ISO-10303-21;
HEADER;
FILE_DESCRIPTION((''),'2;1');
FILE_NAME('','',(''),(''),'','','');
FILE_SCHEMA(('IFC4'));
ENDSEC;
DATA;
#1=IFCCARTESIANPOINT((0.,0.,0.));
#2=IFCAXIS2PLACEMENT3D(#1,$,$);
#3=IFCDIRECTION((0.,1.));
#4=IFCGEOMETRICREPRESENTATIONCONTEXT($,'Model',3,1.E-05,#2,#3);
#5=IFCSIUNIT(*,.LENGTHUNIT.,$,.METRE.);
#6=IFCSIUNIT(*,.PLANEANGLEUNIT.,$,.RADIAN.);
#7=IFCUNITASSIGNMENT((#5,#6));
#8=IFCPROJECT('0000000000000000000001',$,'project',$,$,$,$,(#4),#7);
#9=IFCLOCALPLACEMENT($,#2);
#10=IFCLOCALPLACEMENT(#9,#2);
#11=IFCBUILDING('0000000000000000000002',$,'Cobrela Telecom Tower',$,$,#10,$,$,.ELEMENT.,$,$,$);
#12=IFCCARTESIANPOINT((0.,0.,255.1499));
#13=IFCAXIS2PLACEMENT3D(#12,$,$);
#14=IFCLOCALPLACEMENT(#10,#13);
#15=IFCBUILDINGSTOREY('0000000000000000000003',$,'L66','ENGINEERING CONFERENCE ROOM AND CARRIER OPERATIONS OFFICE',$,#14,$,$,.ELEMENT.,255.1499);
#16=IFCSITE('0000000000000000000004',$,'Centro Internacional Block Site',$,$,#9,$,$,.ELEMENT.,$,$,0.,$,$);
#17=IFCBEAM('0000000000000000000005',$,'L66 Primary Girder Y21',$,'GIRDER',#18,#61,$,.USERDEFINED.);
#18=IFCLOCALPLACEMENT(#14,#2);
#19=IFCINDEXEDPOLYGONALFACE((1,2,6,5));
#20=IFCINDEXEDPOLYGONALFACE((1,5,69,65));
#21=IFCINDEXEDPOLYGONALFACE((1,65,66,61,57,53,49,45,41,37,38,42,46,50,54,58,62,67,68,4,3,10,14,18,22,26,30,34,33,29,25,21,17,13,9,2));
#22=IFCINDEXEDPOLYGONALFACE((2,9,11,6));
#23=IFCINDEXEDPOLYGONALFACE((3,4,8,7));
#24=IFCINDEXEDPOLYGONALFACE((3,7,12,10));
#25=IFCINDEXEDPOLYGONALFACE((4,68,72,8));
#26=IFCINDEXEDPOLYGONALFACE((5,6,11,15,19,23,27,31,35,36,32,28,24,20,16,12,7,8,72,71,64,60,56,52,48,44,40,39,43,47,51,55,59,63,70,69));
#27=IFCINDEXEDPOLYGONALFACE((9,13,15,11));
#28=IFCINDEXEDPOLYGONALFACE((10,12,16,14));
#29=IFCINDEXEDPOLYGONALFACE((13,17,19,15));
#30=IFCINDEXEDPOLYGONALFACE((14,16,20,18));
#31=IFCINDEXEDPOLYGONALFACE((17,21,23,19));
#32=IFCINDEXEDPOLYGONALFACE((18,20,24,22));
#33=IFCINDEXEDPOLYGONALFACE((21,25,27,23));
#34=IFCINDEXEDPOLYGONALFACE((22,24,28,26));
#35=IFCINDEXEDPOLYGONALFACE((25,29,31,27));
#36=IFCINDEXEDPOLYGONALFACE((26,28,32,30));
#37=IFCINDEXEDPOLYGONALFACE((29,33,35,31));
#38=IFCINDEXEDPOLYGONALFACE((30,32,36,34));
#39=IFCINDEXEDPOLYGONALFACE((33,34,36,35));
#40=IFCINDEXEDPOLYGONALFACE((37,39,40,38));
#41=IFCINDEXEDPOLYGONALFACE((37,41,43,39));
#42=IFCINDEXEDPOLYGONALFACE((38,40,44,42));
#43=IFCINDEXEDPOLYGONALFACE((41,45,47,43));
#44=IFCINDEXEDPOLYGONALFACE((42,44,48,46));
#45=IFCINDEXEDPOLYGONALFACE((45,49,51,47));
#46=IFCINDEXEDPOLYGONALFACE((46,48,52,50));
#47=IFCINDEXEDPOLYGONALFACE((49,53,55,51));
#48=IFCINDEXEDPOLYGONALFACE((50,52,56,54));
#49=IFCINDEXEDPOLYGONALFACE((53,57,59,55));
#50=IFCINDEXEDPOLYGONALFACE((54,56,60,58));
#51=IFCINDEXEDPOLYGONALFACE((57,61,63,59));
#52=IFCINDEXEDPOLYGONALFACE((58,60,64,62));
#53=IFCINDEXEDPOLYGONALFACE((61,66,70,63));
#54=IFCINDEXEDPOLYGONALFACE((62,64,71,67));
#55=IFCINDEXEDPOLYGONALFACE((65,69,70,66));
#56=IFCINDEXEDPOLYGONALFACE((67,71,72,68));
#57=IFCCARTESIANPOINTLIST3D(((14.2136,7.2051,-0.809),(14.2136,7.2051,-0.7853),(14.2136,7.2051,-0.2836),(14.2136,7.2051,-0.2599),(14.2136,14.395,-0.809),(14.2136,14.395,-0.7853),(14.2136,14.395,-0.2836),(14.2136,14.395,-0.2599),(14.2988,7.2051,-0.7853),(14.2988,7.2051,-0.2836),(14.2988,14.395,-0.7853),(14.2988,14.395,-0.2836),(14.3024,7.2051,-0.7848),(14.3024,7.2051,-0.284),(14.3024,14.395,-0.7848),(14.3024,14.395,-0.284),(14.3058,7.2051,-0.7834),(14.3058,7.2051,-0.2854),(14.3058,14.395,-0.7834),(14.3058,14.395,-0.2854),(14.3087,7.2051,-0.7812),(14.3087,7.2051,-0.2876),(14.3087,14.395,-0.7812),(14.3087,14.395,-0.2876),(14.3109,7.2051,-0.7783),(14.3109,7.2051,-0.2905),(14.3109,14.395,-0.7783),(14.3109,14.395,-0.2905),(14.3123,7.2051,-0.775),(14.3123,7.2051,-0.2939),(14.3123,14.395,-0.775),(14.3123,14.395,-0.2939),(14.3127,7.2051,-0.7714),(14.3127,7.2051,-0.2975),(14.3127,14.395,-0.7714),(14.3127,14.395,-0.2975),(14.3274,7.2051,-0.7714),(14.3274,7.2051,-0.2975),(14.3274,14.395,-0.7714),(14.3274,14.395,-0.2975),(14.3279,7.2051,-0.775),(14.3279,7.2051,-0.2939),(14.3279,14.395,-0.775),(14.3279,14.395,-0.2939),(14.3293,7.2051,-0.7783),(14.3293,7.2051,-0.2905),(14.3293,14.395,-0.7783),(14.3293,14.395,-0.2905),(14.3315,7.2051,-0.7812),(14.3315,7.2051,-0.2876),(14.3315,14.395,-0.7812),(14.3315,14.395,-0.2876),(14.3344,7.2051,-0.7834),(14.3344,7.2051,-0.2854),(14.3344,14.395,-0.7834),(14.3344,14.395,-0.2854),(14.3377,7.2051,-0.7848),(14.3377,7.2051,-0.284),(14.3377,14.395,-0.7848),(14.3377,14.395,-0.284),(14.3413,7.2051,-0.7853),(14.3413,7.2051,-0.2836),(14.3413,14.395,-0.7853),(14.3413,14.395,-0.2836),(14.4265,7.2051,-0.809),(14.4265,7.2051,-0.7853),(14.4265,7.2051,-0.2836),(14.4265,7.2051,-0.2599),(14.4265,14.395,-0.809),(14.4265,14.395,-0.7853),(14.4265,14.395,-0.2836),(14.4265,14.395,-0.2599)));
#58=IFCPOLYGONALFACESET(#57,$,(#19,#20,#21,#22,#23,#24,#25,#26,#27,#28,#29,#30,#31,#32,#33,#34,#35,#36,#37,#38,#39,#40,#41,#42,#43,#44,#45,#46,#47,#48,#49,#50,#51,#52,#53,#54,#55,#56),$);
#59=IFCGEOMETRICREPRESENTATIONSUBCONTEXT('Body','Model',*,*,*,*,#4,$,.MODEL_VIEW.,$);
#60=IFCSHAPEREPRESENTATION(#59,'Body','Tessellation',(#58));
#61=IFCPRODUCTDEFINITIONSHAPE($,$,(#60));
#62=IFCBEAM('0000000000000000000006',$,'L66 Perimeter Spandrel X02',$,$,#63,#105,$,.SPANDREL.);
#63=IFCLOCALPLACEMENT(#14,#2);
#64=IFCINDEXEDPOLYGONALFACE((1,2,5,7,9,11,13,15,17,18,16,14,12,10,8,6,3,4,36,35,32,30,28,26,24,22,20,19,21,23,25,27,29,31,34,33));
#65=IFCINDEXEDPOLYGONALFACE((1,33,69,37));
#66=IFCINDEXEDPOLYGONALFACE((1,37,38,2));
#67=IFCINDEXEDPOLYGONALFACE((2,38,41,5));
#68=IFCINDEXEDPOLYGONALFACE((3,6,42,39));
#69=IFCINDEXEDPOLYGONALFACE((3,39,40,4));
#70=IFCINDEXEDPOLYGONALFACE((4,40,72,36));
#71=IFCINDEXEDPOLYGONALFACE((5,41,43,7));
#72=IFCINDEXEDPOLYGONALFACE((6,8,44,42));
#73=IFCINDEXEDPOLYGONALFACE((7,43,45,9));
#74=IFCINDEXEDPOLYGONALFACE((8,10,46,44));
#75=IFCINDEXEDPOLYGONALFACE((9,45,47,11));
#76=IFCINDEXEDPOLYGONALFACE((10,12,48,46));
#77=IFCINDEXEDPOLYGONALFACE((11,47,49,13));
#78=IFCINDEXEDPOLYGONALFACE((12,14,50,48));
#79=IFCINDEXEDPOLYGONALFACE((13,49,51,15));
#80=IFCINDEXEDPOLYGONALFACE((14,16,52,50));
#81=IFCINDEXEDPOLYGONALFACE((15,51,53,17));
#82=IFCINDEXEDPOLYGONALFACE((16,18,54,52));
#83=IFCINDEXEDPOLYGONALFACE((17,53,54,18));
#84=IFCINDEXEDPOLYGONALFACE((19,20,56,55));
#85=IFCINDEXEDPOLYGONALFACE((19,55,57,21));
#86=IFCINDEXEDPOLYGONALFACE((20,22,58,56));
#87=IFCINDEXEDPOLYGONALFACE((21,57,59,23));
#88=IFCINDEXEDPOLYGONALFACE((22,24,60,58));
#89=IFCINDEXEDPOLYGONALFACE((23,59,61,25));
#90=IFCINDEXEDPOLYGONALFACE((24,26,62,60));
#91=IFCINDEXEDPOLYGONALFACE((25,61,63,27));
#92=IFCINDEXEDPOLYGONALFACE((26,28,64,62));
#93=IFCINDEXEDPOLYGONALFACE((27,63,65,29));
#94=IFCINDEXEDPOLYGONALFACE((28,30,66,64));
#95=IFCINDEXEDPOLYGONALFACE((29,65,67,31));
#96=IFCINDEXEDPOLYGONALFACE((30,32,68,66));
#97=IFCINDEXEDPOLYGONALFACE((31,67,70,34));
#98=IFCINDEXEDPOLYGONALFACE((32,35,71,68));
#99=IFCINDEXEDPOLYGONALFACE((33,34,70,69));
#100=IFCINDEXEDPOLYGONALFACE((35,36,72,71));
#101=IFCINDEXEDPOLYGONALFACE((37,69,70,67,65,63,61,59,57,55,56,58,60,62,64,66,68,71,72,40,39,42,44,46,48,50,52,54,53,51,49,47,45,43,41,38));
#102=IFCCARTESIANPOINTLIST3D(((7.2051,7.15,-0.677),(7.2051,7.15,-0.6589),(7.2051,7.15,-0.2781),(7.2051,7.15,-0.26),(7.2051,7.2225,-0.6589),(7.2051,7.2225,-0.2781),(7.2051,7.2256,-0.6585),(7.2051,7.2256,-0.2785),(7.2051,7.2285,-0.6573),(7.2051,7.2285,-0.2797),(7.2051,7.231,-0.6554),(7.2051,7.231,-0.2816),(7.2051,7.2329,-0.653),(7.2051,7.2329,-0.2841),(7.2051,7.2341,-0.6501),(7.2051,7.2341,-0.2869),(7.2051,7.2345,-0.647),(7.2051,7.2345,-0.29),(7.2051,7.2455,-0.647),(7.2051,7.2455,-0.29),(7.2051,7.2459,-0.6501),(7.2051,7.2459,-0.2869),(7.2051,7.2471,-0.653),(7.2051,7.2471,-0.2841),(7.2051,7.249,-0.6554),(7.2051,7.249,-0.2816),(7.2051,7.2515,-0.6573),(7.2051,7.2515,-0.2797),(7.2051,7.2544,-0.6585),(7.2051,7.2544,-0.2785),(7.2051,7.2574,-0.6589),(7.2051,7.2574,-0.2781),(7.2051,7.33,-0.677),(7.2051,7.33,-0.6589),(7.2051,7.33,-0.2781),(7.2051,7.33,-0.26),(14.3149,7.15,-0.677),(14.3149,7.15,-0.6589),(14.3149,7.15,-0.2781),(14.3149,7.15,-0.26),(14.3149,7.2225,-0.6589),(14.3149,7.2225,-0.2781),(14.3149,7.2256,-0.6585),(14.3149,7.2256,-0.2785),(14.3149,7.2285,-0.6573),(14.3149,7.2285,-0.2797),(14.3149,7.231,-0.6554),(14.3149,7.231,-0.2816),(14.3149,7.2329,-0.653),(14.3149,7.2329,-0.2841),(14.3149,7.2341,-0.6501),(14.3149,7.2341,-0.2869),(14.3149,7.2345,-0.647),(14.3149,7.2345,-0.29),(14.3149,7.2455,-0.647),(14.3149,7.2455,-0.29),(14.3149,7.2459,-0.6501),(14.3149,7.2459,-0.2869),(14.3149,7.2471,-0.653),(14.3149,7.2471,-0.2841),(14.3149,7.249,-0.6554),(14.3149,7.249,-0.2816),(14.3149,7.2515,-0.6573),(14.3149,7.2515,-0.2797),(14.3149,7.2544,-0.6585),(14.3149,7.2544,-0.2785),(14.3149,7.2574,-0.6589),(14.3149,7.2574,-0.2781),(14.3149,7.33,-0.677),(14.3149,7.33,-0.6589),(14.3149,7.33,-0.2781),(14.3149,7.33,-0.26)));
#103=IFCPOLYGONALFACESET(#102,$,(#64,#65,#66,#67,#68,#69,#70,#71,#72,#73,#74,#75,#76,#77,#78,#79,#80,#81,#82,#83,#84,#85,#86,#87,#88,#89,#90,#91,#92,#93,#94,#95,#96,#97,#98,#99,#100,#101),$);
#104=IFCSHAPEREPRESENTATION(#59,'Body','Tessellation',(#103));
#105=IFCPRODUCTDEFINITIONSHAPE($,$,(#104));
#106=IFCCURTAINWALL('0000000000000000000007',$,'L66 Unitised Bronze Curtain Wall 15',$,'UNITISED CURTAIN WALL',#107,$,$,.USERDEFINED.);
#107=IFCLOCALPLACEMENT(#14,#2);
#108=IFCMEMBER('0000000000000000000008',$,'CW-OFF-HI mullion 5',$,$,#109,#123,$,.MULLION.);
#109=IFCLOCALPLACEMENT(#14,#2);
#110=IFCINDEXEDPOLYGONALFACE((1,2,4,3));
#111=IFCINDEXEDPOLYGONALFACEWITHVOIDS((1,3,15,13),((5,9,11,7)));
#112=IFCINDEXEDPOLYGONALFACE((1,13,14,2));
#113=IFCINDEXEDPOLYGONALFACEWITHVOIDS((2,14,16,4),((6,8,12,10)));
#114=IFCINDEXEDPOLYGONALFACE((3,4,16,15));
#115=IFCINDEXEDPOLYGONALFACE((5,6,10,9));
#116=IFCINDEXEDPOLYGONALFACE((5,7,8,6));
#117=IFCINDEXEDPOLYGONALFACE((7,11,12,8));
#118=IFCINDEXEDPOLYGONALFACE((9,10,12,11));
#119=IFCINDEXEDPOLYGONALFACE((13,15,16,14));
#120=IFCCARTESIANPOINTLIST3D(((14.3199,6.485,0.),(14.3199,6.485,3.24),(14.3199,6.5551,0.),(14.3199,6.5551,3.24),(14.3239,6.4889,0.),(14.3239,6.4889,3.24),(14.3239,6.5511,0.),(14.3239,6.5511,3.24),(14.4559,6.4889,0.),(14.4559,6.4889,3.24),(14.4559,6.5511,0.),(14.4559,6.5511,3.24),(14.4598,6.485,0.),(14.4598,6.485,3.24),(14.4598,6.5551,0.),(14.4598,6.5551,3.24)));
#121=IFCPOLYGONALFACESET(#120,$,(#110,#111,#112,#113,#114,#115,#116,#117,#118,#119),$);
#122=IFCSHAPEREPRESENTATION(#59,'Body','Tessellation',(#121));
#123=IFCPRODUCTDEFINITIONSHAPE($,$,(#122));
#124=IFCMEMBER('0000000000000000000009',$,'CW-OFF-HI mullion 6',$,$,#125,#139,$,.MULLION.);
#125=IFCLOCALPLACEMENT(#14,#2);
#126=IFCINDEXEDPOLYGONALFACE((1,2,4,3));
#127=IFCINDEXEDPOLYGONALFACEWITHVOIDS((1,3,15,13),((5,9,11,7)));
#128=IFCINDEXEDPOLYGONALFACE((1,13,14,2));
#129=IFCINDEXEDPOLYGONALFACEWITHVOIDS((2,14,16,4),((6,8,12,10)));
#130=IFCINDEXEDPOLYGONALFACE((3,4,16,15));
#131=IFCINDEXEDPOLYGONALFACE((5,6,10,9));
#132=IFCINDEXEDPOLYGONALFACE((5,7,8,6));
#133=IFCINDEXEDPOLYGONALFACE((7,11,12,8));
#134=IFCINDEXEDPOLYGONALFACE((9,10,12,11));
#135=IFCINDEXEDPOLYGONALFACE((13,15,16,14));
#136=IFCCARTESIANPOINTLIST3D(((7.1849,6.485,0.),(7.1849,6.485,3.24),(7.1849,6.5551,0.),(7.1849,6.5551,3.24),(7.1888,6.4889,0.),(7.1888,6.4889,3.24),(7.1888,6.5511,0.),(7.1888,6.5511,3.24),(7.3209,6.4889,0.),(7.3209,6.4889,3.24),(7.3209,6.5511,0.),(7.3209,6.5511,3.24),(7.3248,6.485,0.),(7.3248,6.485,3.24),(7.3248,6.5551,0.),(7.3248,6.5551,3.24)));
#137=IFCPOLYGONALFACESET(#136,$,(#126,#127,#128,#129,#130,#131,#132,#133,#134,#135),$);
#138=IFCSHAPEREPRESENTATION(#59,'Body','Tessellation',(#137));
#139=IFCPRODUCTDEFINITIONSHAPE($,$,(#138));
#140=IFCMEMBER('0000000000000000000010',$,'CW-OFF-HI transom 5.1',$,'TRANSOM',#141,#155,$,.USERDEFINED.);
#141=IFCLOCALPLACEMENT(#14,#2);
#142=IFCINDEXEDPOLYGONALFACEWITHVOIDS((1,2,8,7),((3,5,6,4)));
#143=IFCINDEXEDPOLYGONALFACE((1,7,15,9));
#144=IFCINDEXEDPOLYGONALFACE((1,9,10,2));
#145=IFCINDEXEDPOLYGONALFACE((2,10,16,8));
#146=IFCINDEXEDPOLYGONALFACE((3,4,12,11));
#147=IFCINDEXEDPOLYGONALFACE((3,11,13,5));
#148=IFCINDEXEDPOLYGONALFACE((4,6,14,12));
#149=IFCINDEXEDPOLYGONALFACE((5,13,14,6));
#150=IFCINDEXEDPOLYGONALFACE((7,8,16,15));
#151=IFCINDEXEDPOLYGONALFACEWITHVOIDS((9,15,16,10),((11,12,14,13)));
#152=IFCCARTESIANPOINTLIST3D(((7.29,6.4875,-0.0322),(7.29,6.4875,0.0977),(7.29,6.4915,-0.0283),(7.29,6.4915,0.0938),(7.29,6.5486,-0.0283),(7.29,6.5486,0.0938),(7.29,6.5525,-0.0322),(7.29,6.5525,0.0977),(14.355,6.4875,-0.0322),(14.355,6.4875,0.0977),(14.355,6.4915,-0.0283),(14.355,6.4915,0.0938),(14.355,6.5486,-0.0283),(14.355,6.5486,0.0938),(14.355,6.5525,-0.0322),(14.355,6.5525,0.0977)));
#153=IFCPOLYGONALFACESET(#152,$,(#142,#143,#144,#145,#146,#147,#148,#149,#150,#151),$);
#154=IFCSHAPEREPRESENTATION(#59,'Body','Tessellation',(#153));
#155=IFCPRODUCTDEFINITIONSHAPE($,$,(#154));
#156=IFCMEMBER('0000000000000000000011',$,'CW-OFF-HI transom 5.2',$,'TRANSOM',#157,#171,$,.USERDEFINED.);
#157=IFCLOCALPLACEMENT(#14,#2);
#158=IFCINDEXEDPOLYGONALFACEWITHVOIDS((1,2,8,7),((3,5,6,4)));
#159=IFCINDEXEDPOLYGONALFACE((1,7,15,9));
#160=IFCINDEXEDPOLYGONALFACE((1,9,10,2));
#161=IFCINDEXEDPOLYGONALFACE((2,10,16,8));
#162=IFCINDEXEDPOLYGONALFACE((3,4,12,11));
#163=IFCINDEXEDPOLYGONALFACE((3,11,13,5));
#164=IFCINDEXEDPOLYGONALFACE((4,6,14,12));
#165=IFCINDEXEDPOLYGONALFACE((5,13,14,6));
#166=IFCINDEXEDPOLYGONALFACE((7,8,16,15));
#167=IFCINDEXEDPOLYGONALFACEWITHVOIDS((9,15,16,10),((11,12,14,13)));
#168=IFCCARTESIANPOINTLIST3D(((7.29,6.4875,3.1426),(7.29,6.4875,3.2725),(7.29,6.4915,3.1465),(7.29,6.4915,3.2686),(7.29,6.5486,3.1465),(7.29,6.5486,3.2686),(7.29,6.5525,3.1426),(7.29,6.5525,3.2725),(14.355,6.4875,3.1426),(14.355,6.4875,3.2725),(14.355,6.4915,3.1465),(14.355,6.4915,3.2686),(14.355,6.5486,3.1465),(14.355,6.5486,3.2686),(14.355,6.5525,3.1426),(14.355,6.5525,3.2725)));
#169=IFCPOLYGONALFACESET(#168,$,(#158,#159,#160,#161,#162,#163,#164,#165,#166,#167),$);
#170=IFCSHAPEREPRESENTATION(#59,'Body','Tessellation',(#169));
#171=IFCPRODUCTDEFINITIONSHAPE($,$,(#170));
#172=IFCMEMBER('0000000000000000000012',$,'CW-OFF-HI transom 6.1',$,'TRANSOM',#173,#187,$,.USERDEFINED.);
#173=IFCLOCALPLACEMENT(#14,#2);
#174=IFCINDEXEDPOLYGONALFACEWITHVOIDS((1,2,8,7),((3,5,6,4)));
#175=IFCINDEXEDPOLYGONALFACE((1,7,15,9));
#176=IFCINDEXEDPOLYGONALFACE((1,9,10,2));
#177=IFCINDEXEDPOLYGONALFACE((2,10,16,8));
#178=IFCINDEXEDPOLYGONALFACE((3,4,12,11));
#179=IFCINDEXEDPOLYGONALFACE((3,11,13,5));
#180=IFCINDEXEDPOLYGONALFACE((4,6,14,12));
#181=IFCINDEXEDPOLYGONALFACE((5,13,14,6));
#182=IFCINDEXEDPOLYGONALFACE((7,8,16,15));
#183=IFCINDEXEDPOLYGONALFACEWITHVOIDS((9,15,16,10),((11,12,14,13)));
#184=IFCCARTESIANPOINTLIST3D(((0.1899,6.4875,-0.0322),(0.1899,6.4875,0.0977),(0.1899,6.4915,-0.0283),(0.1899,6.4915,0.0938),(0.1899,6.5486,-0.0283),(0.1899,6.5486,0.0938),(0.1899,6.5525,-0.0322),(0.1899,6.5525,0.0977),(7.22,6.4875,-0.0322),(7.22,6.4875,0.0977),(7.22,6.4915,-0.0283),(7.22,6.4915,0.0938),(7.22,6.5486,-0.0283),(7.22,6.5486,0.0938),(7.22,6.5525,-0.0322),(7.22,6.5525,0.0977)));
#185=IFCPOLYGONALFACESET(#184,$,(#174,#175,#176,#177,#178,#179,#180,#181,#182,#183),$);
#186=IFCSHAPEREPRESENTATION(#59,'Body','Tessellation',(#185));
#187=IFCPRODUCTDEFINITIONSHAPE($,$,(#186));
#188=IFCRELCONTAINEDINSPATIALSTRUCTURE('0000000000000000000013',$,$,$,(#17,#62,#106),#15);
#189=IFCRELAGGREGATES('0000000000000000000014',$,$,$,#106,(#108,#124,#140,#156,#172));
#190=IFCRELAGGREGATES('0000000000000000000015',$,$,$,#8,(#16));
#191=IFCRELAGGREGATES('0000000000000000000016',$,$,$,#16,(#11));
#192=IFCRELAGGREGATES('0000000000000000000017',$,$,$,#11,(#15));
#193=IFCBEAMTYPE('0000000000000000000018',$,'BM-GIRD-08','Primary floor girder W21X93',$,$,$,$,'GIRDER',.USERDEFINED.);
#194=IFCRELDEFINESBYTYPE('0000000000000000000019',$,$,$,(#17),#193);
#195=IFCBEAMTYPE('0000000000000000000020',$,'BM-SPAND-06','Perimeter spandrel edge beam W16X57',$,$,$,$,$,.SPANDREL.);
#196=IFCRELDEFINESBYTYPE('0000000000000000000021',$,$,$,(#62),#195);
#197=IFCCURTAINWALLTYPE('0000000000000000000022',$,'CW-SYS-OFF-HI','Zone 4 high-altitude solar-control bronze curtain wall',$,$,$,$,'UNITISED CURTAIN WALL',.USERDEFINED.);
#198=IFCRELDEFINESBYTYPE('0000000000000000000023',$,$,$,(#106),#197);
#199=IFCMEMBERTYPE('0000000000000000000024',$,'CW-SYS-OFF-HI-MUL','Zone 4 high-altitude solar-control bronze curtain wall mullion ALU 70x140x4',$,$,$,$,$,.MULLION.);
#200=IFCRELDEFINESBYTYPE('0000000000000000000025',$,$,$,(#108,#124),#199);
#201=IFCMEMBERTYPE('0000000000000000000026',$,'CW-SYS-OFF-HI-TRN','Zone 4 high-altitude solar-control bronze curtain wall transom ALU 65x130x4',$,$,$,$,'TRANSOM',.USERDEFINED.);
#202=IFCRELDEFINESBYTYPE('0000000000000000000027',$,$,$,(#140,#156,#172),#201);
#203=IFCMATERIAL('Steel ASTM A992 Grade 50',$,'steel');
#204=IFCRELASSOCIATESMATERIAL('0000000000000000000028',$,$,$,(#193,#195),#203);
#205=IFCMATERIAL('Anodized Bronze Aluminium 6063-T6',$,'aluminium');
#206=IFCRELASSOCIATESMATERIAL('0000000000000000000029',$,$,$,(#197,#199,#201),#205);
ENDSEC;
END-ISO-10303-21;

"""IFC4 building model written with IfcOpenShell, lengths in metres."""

from ifc_helpers import new_model, si_unit, direction, frame, origin, origin_2d, place, context, subcontext, project, spatial, hollow_rectangle, i_section, extrude, material, material_profile, profile_set, type_object, element, aggregate, save


model = new_model("IFC4")

# Units and contexts
model_context = context("Model", 3, precision=1e-05, world=origin(), true_north=direction((0.0, 1.0)))
body_context = subcontext(model_context, "Body", "Model", "MODEL_VIEW")
ifc_project = project(units=[si_unit("LENGTHUNIT", "METRE"), si_unit("PLANEANGLEUNIT", "RADIAN")], contexts=[model_context])

# Site, building, storey
site_placement = place(None, origin())
site = spatial("IfcSite", under=ifc_project, at=site_placement, Name="Centro Internacional Block Site", CompositionType="ELEMENT", RefElevation=0.0)
building_placement = place(site_placement, origin())
building = spatial("IfcBuilding", under=site, at=building_placement, Name="Cobrela Telecom Tower", CompositionType="ELEMENT")
storey_placement = place(building_placement, frame((0.0, 0.0, 255.1499)))
storey = spatial("IfcBuildingStorey", under=building, at=storey_placement, Name="L66", Description="ENGINEERING CONFERENCE ROOM AND CARRIER OPERATIONS OFFICE", CompositionType="ELEMENT", Elevation=255.1499)

# Beams
ifc_material_1 = material(Name="Steel ASTM A992 Grade 50", Category="steel")
ifc_material_profile_1 = material_profile(ifc_material_1, i_section(OverallWidth=0.2129, OverallDepth=0.5491, WebThickness=0.0146, FlangeThickness=0.0237, FilletRadius=0.0139, at=origin_2d()), Name="W21X93")
ifc_profile_set_1 = profile_set([ifc_material_profile_1], Name="Steel ASTM A992 Grade 50")
beam_type_1 = type_object("IfcBeamType", Name="BM-GIRD-08", Description="Primary floor girder W21X93", ElementType="GIRDER", PredefinedType="USERDEFINED", material=ifc_profile_set_1)
beam_1_placement = place(storey_placement, frame((14.3201, 7.2051, -0.5344), z_axis=(0.0, 1.0, 0.0), x_axis=(-1.0, 0.0, 0.0)))
element("IfcBeam", 1, at=beam_1_placement, inside=storey, type_object=beam_type_1, Name="L66 Primary Girder Y21", ObjectType="GIRDER", PredefinedType="USERDEFINED", context=body_context, shape_type="SweptSolid", body=[
    extrude(i_section(OverallWidth=0.2129, OverallDepth=0.5491, WebThickness=0.0146, FlangeThickness=0.0237, FilletRadius=0.0139, at=origin_2d()), origin(), (0.0, 0.0, 1.0), 7.1899),
])
ifc_material_profile_2 = material_profile(ifc_material_1, i_section(OverallWidth=0.1799, OverallDepth=0.417, WebThickness=0.011, FlangeThickness=0.0181, FilletRadius=0.012, at=origin_2d()), Name="W16X57")
ifc_profile_set_2 = profile_set([ifc_material_profile_2], Name="Steel ASTM A992 Grade 50")
beam_type_2 = type_object("IfcBeamType", Name="BM-SPAND-06", Description="Perimeter spandrel edge beam W16X57", PredefinedType="SPANDREL", material=ifc_profile_set_2)
beam_2_placement = place(storey_placement, frame((7.2051, 7.24, -0.4685), z_axis=(1.0, 0.0, 0.0), x_axis=(0.0, 1.0, 0.0)))
element("IfcBeam", 2, at=beam_2_placement, inside=storey, type_object=beam_type_2, Name="L66 Perimeter Spandrel X02", PredefinedType="SPANDREL", context=body_context, shape_type="SweptSolid", body=[
    extrude(i_section(OverallWidth=0.1799, OverallDepth=0.417, WebThickness=0.011, FlangeThickness=0.0181, FilletRadius=0.012, at=origin_2d()), origin(), (0.0, 0.0, 1.0), 7.1099),
])

# Curtain wall, members
ifc_material_2 = material(Name="Anodized Bronze Aluminium 6063-T6", Category="aluminium")
curtain_wall_type = type_object("IfcCurtainWallType", Name="CW-SYS-OFF-HI", Description="Zone 4 high-altitude solar-control bronze curtain wall", ElementType="UNITISED CURTAIN WALL", PredefinedType="USERDEFINED", material=ifc_material_2)
curtain_wall_placement = place(storey_placement, origin())
curtain_wall = element("IfcCurtainWall", 3, at=curtain_wall_placement, inside=storey, type_object=curtain_wall_type, Name="L66 Unitised Bronze Curtain Wall 15", ObjectType="UNITISED CURTAIN WALL", PredefinedType="USERDEFINED")
ifc_material_profile_3 = material_profile(ifc_material_2, hollow_rectangle(XDim=0.0701, YDim=0.1399, WallThickness=0.0039, at=origin_2d()), Name="ALU 70x140x4")
ifc_profile_set_3 = profile_set([ifc_material_profile_3], Name="Anodized Bronze Aluminium 6063-T6")
member_type_1 = type_object("IfcMemberType", Name="CW-SYS-OFF-HI-MUL", Description="Zone 4 high-altitude solar-control bronze curtain wall mullion ALU 70x140x4", PredefinedType="MULLION", material=ifc_profile_set_3)
member_1_placement = place(storey_placement, frame((14.3899, 6.52, 0.0), z_axis=(0.0, 0.0, 1.0), x_axis=(0.0, -1.0, 0.0)))
member_1 = element("IfcMember", 4, at=member_1_placement, type_object=member_type_1, Name="CW-OFF-HI mullion 5", PredefinedType="MULLION", context=body_context, shape_type="SweptSolid", body=[
    extrude(hollow_rectangle(XDim=0.0701, YDim=0.1399, WallThickness=0.0039, at=origin_2d()), origin(), (0.0, 0.0, 1.0), 3.24),
])
member_2_placement = place(storey_placement, frame((7.2549, 6.52, 0.0), z_axis=(0.0, 0.0, 1.0), x_axis=(0.0, -1.0, 0.0)))
member_2 = element("IfcMember", 5, at=member_2_placement, type_object=member_type_1, Name="CW-OFF-HI mullion 6", PredefinedType="MULLION", context=body_context, shape_type="SweptSolid", body=[
    extrude(hollow_rectangle(XDim=0.0701, YDim=0.1399, WallThickness=0.0039, at=origin_2d()), origin(), (0.0, 0.0, 1.0), 3.24),
])
ifc_material_profile_4 = material_profile(ifc_material_2, hollow_rectangle(XDim=0.0649, YDim=0.1299, WallThickness=0.0039, at=origin_2d()), Name="ALU 65x130x4")
ifc_profile_set_4 = profile_set([ifc_material_profile_4], Name="Anodized Bronze Aluminium 6063-T6")
member_type_2 = type_object("IfcMemberType", Name="CW-SYS-OFF-HI-TRN", Description="Zone 4 high-altitude solar-control bronze curtain wall transom ALU 65x130x4", ElementType="TRANSOM", PredefinedType="USERDEFINED", material=ifc_profile_set_4)
member_3_placement = place(storey_placement, frame((14.355, 6.52, 0.0327), z_axis=(-1.0, 0.0, 0.0), x_axis=(0.0, -1.0, 0.0)))
member_3 = element("IfcMember", 6, at=member_3_placement, type_object=member_type_2, Name="CW-OFF-HI transom 5.1", ObjectType="TRANSOM", PredefinedType="USERDEFINED", context=body_context, shape_type="SweptSolid", body=[
    extrude(hollow_rectangle(XDim=0.0649, YDim=0.1299, WallThickness=0.0039, at=origin_2d()), origin(), (0.0, 0.0, 1.0), 7.0649),
])
member_4_placement = place(storey_placement, frame((14.355, 6.52, 3.2075), z_axis=(-1.0, 0.0, 0.0), x_axis=(0.0, -1.0, 0.0)))
member_4 = element("IfcMember", 7, at=member_4_placement, type_object=member_type_2, Name="CW-OFF-HI transom 5.2", ObjectType="TRANSOM", PredefinedType="USERDEFINED", context=body_context, shape_type="SweptSolid", body=[
    extrude(hollow_rectangle(XDim=0.0649, YDim=0.1299, WallThickness=0.0039, at=origin_2d()), origin(), (0.0, 0.0, 1.0), 7.0649),
])
member_5_placement = place(storey_placement, frame((7.22, 6.52, 0.0327), z_axis=(-1.0, 0.0, 0.0), x_axis=(0.0, -1.0, 0.0)))
member_5 = element("IfcMember", 8, at=member_5_placement, type_object=member_type_2, Name="CW-OFF-HI transom 6.1", ObjectType="TRANSOM", PredefinedType="USERDEFINED", context=body_context, shape_type="SweptSolid", body=[
    extrude(hollow_rectangle(XDim=0.0649, YDim=0.1299, WallThickness=0.0039, at=origin_2d()), origin(), (0.0, 0.0, 1.0), 7.03),
])
aggregate(curtain_wall, [member_1, member_2, member_3, member_4, member_5])

save(model, "model.ifc")
